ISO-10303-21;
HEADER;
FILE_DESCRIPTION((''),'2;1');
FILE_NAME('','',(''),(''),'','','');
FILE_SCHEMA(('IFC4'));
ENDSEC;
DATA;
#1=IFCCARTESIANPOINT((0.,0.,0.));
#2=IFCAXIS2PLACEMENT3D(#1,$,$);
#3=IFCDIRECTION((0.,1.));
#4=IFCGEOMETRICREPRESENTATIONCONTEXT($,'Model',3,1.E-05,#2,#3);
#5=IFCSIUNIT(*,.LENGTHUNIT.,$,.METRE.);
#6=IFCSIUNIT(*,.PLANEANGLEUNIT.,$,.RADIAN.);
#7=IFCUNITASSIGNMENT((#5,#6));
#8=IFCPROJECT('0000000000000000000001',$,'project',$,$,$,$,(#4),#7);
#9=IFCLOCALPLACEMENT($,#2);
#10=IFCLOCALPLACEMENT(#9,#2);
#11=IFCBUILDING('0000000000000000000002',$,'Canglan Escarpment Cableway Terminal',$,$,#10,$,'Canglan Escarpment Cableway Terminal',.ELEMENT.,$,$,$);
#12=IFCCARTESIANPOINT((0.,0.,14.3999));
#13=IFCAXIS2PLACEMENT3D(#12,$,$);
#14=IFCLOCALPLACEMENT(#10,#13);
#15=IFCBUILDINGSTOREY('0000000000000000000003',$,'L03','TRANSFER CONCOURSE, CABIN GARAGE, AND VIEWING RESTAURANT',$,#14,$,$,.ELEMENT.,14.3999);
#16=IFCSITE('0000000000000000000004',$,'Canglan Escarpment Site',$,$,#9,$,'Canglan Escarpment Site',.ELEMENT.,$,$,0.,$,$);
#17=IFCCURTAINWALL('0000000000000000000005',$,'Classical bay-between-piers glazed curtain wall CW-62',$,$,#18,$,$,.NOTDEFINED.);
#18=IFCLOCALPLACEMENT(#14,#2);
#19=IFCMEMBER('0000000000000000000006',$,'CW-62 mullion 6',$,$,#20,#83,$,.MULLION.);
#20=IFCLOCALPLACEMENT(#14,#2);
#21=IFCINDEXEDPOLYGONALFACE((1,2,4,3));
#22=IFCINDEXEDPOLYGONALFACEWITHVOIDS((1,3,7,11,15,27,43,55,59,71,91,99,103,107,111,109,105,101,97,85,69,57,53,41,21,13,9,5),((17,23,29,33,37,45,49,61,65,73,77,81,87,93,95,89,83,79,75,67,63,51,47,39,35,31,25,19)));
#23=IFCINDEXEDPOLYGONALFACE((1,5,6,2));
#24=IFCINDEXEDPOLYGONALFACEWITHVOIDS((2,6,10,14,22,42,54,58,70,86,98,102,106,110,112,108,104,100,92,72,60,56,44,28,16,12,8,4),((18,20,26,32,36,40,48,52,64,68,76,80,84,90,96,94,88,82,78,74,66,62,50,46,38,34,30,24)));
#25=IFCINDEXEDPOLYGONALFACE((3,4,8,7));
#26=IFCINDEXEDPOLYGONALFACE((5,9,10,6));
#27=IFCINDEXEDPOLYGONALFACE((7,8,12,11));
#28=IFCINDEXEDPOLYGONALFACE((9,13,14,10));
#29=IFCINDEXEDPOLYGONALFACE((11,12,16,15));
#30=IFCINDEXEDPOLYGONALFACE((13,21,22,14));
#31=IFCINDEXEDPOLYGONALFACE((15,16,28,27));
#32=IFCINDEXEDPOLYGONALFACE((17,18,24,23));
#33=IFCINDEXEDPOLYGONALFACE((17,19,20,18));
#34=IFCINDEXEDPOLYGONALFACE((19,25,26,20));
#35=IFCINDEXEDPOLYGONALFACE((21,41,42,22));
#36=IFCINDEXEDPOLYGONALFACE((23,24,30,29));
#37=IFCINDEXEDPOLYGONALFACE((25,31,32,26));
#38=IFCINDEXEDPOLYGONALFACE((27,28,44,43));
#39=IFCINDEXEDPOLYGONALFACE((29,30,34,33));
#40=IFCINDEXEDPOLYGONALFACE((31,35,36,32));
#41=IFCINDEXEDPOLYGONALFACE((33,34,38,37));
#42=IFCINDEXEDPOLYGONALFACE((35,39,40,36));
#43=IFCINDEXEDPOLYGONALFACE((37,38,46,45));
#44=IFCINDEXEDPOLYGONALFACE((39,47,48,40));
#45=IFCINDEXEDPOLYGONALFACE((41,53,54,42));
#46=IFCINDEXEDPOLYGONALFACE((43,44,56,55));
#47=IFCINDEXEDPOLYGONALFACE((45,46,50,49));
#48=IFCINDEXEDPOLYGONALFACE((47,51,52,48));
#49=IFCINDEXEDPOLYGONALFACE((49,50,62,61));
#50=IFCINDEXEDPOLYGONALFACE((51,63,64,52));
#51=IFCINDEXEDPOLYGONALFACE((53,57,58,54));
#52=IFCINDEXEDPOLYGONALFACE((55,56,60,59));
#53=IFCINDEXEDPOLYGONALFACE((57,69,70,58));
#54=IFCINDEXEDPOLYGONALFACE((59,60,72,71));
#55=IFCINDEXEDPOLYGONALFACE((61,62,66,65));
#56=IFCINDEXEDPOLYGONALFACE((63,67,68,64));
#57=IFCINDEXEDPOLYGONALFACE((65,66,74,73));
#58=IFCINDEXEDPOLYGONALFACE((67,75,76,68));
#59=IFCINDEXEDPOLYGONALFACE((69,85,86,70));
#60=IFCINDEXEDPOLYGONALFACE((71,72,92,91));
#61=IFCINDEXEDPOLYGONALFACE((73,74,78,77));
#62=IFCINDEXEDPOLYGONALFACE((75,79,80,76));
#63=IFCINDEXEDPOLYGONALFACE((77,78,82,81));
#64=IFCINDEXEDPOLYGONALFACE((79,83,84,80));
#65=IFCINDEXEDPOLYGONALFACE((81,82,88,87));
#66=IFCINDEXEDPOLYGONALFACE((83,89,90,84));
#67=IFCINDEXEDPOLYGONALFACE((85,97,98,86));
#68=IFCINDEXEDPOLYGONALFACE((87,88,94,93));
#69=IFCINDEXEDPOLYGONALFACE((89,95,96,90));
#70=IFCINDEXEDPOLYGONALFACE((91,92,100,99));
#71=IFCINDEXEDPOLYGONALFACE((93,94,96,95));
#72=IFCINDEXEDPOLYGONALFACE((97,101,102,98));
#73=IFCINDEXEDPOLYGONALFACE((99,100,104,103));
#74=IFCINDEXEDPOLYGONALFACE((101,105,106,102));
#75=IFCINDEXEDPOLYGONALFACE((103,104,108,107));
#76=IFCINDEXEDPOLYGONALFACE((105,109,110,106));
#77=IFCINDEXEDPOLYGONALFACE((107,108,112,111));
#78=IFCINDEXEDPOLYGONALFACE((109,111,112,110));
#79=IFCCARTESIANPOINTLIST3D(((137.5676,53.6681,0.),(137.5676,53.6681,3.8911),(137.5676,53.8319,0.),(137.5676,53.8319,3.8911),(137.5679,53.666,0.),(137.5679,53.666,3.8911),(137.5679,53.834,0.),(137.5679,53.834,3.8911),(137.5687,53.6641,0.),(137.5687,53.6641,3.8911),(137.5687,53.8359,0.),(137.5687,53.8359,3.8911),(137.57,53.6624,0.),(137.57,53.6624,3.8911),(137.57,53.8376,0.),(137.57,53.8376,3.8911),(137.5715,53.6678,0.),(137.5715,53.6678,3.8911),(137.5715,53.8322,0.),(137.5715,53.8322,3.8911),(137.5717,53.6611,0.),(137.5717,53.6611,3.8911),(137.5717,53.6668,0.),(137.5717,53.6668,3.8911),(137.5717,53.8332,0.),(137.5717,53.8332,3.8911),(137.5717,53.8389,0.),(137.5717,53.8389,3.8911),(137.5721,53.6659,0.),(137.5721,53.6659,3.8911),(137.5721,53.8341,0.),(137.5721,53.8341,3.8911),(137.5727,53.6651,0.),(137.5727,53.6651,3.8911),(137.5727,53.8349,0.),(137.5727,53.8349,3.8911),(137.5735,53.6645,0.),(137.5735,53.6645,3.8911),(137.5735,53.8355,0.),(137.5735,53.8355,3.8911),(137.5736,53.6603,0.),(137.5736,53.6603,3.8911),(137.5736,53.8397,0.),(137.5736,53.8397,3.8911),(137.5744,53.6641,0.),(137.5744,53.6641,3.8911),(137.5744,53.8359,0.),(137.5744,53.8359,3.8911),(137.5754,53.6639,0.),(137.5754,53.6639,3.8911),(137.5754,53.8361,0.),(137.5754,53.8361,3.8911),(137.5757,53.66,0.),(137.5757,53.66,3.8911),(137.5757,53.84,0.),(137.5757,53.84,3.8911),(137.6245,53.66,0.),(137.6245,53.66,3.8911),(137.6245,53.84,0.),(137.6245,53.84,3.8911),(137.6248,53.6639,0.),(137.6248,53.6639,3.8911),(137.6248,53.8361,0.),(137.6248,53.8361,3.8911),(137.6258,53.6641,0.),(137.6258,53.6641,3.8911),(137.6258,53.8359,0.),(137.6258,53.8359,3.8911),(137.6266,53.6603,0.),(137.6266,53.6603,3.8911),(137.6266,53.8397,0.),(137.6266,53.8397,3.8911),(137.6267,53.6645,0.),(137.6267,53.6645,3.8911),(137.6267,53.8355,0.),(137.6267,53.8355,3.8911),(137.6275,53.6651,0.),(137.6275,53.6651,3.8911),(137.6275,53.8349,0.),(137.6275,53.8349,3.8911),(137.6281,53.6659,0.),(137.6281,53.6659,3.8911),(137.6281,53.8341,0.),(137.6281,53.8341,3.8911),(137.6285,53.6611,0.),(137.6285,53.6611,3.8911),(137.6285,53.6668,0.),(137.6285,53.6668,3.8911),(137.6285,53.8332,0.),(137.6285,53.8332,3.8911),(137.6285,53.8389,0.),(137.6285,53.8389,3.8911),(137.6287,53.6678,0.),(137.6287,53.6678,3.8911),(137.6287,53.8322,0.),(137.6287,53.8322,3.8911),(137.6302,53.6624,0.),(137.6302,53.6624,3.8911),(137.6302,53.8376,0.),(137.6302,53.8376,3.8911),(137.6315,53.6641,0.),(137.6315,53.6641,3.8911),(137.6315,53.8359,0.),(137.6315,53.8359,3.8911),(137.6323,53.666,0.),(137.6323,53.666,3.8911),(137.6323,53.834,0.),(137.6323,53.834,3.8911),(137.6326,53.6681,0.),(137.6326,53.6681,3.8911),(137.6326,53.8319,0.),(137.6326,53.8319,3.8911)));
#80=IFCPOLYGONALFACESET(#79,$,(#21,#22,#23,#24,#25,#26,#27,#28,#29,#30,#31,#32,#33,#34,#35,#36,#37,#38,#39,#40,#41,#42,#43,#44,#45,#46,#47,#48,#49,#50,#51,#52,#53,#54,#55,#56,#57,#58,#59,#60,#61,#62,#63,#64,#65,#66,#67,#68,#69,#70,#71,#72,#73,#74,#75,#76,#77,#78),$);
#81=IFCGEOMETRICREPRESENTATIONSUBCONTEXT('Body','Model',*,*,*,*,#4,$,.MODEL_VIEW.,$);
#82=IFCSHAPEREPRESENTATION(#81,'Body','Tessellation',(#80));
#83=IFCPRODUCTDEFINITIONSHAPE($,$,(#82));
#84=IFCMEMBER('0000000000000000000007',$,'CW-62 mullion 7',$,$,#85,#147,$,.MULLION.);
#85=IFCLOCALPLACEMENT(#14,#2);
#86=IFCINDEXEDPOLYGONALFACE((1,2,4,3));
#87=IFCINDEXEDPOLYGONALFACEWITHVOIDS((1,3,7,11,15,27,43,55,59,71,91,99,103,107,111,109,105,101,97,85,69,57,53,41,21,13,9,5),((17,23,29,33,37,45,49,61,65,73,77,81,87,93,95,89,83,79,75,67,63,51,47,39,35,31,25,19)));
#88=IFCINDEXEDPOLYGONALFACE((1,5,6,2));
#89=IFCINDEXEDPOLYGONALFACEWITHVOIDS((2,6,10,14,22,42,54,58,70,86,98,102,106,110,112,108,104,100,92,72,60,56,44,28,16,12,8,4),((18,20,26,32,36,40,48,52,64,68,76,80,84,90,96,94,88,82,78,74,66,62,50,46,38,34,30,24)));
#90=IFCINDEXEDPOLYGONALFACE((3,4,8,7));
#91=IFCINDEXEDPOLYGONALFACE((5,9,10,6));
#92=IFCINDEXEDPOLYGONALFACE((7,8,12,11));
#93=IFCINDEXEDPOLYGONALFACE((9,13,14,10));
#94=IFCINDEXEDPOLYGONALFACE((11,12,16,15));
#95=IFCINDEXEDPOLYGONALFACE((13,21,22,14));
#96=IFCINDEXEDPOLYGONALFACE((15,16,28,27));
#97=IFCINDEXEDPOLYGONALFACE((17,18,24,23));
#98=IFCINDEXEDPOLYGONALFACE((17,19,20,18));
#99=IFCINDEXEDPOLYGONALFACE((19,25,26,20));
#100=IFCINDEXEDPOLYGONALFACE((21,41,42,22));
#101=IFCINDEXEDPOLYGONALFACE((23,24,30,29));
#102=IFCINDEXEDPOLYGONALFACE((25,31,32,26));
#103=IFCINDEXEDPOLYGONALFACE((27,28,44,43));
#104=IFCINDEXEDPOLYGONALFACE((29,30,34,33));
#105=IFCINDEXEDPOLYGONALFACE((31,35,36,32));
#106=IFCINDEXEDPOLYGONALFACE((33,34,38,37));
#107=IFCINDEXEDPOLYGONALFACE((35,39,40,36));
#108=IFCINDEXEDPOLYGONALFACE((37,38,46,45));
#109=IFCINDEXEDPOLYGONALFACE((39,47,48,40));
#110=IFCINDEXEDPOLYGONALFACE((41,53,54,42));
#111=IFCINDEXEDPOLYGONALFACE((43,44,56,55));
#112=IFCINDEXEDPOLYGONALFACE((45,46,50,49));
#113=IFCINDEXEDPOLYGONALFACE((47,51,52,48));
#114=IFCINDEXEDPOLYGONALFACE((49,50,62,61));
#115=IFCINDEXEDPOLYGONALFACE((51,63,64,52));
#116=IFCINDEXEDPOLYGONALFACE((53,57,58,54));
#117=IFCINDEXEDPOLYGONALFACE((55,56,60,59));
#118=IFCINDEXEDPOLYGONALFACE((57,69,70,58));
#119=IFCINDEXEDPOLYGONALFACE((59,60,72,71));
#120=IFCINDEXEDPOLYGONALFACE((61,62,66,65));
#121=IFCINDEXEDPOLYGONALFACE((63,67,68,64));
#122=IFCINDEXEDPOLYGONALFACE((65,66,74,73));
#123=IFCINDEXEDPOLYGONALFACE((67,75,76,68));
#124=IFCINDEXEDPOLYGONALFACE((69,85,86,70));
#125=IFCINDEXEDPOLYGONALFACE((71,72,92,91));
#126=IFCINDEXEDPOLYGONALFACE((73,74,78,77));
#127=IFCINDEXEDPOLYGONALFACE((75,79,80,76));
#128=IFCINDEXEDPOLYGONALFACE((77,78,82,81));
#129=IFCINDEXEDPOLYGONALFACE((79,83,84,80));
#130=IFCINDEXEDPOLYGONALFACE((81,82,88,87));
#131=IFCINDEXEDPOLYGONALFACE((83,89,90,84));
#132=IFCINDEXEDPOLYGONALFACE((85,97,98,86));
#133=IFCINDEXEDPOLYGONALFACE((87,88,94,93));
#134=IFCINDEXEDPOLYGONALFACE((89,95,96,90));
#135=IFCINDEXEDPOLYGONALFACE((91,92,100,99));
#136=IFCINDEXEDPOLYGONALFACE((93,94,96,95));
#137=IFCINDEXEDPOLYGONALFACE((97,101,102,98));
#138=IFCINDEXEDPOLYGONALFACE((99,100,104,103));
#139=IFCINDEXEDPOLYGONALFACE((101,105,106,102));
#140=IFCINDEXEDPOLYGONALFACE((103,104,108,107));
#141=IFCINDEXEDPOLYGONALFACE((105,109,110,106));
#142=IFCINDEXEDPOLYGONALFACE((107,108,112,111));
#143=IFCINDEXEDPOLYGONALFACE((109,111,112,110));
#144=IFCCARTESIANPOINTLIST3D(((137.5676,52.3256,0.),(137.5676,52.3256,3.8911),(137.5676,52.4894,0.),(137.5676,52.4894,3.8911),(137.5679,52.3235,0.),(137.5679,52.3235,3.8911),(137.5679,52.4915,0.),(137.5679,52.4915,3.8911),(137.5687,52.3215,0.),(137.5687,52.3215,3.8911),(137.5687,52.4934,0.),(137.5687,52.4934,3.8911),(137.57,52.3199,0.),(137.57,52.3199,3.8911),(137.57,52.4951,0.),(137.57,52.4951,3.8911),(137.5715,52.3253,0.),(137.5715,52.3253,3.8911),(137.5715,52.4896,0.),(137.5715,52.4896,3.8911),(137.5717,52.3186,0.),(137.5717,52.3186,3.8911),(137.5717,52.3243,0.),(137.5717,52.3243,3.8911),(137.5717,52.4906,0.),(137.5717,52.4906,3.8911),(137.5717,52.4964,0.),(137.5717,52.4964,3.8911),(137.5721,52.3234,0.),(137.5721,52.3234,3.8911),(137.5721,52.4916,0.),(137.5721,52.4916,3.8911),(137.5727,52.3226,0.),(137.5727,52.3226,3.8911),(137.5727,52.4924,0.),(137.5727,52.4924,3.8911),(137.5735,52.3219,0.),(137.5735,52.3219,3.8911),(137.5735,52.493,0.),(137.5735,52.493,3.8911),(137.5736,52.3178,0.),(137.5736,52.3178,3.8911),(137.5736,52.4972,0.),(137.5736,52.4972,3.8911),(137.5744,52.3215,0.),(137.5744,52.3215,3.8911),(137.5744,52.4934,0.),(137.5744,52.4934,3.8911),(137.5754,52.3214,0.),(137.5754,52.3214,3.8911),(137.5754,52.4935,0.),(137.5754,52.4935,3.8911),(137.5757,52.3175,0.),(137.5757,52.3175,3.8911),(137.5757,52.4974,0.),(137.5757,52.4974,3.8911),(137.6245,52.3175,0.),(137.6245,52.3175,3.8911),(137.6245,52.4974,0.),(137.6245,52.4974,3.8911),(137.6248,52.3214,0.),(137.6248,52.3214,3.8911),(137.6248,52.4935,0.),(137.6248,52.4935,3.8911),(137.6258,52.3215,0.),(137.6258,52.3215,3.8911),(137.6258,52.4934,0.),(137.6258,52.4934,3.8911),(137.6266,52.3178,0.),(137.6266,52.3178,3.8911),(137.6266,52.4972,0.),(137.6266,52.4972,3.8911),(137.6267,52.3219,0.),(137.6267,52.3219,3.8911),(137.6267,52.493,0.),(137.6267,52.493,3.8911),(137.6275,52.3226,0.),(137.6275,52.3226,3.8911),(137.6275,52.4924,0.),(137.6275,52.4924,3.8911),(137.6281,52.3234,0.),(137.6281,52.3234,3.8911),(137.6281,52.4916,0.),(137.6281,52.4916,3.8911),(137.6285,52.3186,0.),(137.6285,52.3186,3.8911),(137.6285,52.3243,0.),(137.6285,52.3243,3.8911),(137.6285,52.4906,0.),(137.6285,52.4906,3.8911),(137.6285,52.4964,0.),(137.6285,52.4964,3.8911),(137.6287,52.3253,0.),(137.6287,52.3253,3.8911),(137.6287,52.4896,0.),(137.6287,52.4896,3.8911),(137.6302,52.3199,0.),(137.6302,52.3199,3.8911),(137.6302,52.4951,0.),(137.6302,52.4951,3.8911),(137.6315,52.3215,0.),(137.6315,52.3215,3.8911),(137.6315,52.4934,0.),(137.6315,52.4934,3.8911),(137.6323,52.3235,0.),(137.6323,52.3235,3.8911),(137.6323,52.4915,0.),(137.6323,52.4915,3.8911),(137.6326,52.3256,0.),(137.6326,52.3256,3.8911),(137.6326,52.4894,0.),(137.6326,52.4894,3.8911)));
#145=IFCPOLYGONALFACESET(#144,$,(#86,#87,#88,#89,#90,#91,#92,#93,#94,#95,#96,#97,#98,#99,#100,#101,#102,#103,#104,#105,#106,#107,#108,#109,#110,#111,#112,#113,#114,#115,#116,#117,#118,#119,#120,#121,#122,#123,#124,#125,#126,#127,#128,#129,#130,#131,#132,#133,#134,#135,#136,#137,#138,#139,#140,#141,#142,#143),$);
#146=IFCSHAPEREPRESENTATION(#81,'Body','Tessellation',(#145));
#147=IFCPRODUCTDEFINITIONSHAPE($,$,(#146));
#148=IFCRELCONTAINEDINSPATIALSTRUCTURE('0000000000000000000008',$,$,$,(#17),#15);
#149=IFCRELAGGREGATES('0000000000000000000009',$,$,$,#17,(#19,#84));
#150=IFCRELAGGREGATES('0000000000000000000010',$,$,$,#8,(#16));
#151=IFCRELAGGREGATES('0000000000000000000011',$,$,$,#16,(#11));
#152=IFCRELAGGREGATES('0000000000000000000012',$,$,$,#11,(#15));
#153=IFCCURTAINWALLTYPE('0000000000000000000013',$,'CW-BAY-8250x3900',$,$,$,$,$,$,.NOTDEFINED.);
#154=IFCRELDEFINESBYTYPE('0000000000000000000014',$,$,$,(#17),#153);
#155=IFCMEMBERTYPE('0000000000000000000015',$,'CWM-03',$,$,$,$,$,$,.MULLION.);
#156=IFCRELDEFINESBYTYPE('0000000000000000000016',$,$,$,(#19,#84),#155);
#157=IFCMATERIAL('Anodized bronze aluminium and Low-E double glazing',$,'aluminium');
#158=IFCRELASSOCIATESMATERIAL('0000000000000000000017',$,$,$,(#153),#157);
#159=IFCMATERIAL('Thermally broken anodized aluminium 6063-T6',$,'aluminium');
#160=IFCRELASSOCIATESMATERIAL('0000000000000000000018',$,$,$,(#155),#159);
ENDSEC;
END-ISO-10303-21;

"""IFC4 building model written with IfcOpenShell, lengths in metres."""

from ifc_helpers import new_model, si_unit, direction, frame, origin, origin_2d, place, context, subcontext, project, spatial, hollow_rectangle, extrude, material, material_profile, profile_set, type_object, element, aggregate, save


model = new_model("IFC4")

# Units and contexts
model_context = context("Model", 3, precision=1e-05, world=origin(), true_north=direction((0.0, 1.0)))
body_context = subcontext(model_context, "Body", "Model", "MODEL_VIEW")
ifc_project = project(units=[si_unit("LENGTHUNIT", "METRE"), si_unit("PLANEANGLEUNIT", "RADIAN")], contexts=[model_context])

# Site, building, storey
site_placement = place(None, origin())
site = spatial("IfcSite", under=ifc_project, at=site_placement, Name="Canglan Escarpment Site", LongName="Canglan Escarpment Site", CompositionType="ELEMENT", RefElevation=0.0)
building_placement = place(site_placement, origin())
building = spatial("IfcBuilding", under=site, at=building_placement, Name="Canglan Escarpment Cableway Terminal", LongName="Canglan Escarpment Cableway Terminal", CompositionType="ELEMENT")
storey_placement = place(building_placement, frame((0.0, 0.0, 14.3999)))
storey = spatial("IfcBuildingStorey", under=building, at=storey_placement, Name="L03", Description="TRANSFER CONCOURSE, CABIN GARAGE, AND VIEWING RESTAURANT", CompositionType="ELEMENT", Elevation=14.3999)

# Curtain wall, members
ifc_material_1 = material(Name="Anodized bronze aluminium and Low-E double glazing", Category="aluminium")
curtain_wall_type = type_object("IfcCurtainWallType", Name="CW-BAY-8250x3900", PredefinedType="NOTDEFINED", material=ifc_material_1)
curtain_wall_placement = place(storey_placement, origin())
curtain_wall = element("IfcCurtainWall", 1, at=curtain_wall_placement, inside=storey, type_object=curtain_wall_type, Name="Classical bay-between-piers glazed curtain wall CW-62", PredefinedType="NOTDEFINED")
ifc_material_2 = material(Name="Thermally broken anodized aluminium 6063-T6", Category="aluminium")
ifc_material_profile_1 = material_profile(ifc_material_2, hollow_rectangle(XDim=0.0649, YDim=0.1799, WallThickness=0.0039, InnerFilletRadius=0.0039, OuterFilletRadius=0.0081, at=origin_2d()), Name="ALU-MULL 65x180x4")
ifc_profile_set_1 = profile_set([ifc_material_profile_1], Name="Thermally broken anodized aluminium 6063-T6")
member_type_1 = type_object("IfcMemberType", Name="CWM-03", PredefinedType="MULLION", material=ifc_profile_set_1)
member_1_placement = place(storey_placement, frame((137.6001, 53.75, 0.0), z_axis=(0.0, 0.0, 1.0), x_axis=(1.0, 0.0, 0.0)))
member_1 = element("IfcMember", 2, at=member_1_placement, type_object=member_type_1, Name="CW-62 mullion 6", PredefinedType="MULLION", context=body_context, shape_type="SweptSolid", body=[
    extrude(hollow_rectangle(XDim=0.0649, YDim=0.1799, WallThickness=0.0039, InnerFilletRadius=0.0039, OuterFilletRadius=0.0081, at=origin_2d()), origin(), (0.0, 0.0, 1.0), 3.8911),
])
member_2_placement = place(storey_placement, frame((137.6001, 52.4075, 0.0), z_axis=(0.0, 0.0, 1.0), x_axis=(1.0, 0.0, 0.0)))
member_2 = element("IfcMember", 3, at=member_2_placement, type_object=member_type_1, Name="CW-62 mullion 7", PredefinedType="MULLION", context=body_context, shape_type="SweptSolid", body=[
    extrude(hollow_rectangle(XDim=0.0649, YDim=0.1799, WallThickness=0.0039, InnerFilletRadius=0.0039, OuterFilletRadius=0.0081, at=origin_2d()), origin(), (0.0, 0.0, 1.0), 3.8911),
])
aggregate(curtain_wall, [member_1, member_2])

save(model, "model.ifc")
